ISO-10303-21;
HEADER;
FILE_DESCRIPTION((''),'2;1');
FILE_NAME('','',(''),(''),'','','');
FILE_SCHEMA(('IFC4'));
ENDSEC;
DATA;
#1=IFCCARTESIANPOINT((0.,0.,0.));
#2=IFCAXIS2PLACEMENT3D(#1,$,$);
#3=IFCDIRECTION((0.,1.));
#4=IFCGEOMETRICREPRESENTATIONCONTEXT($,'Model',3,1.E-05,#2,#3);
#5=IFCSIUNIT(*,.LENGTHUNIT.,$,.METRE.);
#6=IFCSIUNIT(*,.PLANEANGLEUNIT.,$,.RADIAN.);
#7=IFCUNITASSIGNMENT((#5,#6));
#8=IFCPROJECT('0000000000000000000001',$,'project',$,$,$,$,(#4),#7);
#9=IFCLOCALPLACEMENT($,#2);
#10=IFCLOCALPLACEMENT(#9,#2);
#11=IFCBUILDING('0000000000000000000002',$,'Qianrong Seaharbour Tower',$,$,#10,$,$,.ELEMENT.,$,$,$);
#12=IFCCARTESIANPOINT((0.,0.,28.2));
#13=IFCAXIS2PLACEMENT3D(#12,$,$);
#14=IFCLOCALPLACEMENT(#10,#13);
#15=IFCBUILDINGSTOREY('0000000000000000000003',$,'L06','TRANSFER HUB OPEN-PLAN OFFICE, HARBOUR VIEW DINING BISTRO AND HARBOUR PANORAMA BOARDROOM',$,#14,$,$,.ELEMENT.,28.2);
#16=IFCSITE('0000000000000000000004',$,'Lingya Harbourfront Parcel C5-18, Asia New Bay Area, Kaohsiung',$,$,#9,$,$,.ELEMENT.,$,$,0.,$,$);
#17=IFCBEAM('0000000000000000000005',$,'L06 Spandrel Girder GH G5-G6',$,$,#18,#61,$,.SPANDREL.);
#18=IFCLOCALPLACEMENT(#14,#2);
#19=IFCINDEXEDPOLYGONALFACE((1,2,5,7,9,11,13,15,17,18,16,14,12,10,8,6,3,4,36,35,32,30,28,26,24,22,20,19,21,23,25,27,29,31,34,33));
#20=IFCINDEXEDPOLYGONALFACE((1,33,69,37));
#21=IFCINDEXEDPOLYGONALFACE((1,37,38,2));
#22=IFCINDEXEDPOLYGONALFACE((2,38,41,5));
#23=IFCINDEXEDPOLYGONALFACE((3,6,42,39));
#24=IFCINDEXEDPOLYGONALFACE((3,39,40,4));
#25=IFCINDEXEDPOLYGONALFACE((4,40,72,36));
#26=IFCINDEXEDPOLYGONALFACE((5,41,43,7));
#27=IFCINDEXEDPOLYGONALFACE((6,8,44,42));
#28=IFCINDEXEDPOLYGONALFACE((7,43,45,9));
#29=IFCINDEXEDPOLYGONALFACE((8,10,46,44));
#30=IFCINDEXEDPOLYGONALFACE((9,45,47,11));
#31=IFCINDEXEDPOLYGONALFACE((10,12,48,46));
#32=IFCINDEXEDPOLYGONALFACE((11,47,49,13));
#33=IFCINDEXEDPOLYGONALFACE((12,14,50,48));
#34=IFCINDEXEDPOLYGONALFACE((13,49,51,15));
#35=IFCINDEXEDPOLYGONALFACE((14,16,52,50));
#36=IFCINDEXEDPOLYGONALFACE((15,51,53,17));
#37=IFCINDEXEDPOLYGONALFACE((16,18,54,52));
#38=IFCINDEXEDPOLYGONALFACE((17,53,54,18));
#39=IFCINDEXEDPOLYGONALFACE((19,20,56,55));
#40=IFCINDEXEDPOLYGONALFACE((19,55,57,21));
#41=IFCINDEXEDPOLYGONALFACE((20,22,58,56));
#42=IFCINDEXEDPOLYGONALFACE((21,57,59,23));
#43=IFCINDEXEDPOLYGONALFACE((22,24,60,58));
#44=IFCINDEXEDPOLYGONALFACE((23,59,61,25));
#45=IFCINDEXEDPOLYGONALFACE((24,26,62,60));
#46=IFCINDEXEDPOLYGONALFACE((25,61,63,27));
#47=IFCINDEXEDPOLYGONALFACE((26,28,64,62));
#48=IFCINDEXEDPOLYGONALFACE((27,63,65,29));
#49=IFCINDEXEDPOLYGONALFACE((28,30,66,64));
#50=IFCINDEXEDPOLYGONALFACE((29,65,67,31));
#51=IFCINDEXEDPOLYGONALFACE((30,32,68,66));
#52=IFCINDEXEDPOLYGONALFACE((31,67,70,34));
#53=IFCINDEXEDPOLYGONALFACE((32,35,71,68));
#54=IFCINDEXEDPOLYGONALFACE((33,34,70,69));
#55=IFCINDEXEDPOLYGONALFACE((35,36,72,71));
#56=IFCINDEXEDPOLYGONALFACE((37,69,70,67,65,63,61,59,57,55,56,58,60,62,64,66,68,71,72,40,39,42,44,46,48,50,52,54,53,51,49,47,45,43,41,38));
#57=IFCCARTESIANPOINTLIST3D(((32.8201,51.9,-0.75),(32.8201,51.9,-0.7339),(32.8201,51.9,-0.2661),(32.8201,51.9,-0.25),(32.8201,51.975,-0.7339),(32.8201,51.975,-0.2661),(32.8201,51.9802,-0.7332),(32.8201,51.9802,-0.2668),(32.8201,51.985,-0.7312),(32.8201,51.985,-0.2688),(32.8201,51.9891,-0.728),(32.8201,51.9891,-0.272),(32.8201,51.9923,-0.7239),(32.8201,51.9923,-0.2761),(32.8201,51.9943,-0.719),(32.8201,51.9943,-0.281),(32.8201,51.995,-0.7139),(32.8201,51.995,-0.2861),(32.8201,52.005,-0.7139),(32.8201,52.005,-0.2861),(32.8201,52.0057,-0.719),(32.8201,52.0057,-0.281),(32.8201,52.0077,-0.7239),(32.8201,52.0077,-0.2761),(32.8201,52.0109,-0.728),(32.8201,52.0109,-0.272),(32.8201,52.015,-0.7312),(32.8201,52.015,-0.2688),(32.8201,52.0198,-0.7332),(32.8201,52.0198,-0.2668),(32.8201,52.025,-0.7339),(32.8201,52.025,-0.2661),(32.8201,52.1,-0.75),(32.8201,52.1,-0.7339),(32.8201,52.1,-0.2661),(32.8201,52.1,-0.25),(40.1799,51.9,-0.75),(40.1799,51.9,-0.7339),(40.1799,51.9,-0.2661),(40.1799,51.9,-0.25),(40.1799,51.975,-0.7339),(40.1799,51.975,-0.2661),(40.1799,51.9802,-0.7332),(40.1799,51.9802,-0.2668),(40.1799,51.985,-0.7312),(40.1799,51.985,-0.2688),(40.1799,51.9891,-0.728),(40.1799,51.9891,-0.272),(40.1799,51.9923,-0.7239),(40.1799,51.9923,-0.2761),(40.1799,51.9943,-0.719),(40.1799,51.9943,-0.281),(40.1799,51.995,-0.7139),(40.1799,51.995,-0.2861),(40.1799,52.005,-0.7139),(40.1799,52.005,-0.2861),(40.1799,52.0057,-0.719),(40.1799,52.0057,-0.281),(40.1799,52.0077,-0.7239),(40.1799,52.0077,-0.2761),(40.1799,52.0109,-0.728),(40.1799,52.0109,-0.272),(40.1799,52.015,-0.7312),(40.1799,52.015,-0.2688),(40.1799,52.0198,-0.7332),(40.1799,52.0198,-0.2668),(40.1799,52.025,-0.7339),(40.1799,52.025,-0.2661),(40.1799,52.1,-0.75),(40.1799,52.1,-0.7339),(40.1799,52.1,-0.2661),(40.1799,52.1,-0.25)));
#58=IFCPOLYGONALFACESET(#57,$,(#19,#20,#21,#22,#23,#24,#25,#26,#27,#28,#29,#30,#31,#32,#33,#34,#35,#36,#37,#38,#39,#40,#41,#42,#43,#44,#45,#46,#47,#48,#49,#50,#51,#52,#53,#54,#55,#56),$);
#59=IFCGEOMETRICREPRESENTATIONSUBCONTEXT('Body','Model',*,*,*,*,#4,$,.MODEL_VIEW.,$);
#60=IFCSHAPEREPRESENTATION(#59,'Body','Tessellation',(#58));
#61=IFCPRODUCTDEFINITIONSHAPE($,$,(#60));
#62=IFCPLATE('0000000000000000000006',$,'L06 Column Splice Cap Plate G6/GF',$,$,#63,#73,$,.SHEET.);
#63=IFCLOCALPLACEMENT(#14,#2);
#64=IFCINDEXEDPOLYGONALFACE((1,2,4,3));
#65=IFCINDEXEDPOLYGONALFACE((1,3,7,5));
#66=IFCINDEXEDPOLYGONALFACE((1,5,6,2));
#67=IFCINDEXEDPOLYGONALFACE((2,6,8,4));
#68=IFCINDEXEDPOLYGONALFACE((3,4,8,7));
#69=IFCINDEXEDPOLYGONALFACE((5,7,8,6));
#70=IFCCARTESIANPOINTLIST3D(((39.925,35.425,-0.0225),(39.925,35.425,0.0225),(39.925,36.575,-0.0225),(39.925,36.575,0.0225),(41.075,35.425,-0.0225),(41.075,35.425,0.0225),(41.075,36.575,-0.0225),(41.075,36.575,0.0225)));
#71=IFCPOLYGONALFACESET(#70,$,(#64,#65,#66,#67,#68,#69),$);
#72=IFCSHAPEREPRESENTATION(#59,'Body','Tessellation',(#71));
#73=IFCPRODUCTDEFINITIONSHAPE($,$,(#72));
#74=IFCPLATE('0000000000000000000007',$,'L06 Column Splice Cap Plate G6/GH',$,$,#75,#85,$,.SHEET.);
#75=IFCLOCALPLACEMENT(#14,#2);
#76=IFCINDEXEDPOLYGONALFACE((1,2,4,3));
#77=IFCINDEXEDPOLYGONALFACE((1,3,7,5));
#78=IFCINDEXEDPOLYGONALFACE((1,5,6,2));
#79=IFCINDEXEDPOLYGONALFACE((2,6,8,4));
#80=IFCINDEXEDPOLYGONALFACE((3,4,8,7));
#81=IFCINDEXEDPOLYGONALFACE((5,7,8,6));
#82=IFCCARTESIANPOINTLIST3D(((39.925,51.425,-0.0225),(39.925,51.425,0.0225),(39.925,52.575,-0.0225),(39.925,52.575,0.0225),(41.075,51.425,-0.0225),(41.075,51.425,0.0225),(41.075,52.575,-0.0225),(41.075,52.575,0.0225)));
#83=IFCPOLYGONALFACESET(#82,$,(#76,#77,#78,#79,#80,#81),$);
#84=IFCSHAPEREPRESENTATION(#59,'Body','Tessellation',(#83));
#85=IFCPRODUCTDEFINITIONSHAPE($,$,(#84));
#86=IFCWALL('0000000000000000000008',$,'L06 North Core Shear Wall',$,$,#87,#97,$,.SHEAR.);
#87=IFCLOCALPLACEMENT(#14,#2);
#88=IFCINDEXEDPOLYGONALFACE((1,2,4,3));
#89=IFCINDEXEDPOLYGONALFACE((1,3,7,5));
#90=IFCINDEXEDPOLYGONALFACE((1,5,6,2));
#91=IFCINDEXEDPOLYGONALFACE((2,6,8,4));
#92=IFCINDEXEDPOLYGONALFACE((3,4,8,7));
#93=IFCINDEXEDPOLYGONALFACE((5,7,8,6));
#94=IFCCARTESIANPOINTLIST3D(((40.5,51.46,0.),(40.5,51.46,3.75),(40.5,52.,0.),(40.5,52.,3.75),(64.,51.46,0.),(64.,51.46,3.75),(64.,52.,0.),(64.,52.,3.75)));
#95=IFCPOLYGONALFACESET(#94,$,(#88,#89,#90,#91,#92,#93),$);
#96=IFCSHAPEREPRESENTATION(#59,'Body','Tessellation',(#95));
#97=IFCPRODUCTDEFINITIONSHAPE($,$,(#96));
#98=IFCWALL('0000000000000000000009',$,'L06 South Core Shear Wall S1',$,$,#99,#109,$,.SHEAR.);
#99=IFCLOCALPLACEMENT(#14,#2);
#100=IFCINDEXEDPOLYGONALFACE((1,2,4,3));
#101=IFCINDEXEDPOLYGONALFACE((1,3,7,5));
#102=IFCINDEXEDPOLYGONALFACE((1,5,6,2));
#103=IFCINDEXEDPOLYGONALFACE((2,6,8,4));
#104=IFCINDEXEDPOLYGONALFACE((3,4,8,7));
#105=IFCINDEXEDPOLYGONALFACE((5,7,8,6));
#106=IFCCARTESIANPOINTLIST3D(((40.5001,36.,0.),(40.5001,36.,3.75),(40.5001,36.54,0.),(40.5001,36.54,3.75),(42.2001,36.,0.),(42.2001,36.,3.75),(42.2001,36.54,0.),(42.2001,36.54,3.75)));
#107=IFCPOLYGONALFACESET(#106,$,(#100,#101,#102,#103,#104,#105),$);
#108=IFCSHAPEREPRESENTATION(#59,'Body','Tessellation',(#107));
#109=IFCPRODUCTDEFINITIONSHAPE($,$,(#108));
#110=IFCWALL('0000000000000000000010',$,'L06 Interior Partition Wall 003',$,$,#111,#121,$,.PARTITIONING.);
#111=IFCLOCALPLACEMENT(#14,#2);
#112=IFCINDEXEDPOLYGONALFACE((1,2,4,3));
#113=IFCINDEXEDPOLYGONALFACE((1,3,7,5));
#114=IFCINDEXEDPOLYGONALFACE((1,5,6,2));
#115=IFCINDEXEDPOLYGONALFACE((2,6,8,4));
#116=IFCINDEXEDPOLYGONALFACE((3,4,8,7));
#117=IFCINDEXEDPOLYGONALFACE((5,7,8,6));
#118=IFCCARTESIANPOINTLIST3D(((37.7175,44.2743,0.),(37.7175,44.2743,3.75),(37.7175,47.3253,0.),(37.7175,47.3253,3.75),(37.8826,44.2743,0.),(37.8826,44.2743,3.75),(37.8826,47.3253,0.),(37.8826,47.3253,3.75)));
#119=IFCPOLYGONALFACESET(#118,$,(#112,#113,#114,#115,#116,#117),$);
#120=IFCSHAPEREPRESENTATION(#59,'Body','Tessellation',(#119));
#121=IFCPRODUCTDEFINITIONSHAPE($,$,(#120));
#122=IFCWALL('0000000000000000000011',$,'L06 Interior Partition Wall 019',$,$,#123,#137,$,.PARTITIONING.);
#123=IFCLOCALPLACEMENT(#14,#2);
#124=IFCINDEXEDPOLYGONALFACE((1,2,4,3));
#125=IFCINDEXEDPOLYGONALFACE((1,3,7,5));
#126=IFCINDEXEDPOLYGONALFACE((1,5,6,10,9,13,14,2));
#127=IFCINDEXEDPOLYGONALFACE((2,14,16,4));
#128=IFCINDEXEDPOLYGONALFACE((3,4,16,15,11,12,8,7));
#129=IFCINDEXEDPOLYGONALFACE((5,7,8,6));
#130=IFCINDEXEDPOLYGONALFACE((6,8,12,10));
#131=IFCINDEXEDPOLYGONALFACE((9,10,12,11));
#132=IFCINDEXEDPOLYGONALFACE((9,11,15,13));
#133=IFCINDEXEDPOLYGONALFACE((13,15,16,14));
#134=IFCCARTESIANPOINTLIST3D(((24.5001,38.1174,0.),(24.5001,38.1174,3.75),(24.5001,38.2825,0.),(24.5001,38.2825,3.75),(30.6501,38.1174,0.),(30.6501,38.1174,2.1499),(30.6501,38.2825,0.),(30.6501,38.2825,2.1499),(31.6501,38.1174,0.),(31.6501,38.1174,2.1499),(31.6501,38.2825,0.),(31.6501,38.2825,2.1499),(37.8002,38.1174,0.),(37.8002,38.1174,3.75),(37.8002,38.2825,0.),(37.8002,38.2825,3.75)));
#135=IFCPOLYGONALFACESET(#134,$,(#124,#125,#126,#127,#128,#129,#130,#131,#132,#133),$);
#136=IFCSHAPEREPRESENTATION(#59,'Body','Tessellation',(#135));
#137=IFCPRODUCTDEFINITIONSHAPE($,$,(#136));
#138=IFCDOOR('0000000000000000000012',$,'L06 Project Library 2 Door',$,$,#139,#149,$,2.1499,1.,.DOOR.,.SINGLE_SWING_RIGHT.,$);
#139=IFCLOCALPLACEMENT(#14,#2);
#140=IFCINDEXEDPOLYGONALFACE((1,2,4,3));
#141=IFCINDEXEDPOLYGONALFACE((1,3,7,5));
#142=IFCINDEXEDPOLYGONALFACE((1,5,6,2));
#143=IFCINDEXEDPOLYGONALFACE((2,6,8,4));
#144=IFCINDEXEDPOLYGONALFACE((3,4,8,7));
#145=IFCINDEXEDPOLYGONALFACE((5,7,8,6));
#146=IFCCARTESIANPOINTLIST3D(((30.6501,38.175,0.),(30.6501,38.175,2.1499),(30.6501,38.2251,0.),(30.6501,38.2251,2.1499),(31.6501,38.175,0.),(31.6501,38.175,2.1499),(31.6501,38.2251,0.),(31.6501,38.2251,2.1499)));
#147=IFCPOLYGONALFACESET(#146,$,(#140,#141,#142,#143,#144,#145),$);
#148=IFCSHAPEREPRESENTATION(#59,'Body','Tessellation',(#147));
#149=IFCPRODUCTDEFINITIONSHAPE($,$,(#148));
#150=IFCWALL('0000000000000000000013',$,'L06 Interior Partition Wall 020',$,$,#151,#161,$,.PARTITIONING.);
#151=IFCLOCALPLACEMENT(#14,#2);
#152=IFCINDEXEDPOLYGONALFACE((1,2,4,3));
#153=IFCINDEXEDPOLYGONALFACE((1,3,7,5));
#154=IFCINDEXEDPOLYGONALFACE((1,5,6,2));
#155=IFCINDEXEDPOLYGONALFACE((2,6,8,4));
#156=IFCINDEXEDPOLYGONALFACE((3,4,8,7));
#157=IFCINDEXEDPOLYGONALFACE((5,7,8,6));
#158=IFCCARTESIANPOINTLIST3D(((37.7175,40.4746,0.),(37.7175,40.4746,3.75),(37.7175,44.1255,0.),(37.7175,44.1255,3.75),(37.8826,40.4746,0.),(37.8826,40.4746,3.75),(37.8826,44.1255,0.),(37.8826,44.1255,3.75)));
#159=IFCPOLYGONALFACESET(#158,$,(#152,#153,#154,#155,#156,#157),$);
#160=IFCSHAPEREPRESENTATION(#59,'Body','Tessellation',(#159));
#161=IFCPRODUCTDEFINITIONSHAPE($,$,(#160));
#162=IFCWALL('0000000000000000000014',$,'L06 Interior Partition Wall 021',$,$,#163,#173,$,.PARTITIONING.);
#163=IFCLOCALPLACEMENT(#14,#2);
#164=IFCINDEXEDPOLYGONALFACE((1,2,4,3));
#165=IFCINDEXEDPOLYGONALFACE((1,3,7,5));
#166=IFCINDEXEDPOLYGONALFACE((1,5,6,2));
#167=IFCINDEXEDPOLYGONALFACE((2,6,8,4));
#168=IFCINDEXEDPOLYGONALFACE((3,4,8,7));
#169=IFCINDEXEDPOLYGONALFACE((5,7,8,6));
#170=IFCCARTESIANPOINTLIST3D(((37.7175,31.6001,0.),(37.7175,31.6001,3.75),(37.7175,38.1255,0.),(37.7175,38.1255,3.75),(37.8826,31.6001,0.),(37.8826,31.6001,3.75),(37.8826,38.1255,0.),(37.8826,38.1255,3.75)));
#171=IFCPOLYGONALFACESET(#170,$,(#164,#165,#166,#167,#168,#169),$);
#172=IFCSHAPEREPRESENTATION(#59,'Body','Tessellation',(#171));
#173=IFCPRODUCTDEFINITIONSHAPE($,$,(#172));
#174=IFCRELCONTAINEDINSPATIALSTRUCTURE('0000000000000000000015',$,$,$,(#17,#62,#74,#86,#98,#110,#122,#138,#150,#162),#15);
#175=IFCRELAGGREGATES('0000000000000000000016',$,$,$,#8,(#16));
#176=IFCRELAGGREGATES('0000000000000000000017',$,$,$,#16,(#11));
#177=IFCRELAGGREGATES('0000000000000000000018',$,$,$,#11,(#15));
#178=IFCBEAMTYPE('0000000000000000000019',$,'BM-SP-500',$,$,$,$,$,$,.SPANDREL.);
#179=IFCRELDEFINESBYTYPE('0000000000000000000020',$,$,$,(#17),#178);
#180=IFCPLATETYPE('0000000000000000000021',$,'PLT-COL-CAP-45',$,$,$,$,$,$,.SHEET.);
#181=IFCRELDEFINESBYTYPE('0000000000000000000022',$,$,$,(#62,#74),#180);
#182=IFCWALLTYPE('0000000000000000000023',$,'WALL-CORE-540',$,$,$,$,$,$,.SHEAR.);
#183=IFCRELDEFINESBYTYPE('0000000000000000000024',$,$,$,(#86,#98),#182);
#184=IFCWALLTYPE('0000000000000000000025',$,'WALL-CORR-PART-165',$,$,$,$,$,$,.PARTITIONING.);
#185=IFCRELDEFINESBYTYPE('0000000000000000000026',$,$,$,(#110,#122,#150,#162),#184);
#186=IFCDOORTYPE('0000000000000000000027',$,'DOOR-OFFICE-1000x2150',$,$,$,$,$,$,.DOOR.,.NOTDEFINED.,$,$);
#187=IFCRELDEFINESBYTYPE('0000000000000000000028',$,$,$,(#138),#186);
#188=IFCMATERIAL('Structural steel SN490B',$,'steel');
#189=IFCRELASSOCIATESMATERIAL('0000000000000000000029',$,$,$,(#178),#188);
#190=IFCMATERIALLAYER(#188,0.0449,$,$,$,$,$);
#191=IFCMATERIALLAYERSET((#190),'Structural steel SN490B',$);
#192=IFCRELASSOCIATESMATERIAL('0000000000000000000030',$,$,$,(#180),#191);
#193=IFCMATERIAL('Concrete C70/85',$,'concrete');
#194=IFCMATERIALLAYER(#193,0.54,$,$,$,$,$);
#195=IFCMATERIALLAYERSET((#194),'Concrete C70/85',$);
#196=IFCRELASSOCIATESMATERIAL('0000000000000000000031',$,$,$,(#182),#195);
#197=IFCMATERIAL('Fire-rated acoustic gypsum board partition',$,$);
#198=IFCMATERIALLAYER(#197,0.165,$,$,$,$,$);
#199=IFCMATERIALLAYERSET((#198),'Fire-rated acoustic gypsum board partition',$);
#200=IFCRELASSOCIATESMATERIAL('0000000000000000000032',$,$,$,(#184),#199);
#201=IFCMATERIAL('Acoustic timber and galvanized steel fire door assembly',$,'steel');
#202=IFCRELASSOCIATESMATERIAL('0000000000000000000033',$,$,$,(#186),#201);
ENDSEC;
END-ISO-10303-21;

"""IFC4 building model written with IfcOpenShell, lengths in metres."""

from ifc_helpers import new_model, si_unit, direction, frame, frame_2d, origin, origin_2d, place, context, subcontext, project, spatial, rectangle, i_section, extrude, material, layer, layer_set, material_profile, profile_set, type_object, element, fill, save


model = new_model("IFC4")

# Units and contexts
model_context = context("Model", 3, precision=1e-05, world=origin(), true_north=direction((0.0, 1.0)))
body_context = subcontext(model_context, "Body", "Model", "MODEL_VIEW")
ifc_project = project(units=[si_unit("LENGTHUNIT", "METRE"), si_unit("PLANEANGLEUNIT", "RADIAN")], contexts=[model_context])

# Site, building, storey
site_placement = place(None, origin())
site = spatial("IfcSite", under=ifc_project, at=site_placement, Name="Lingya Harbourfront Parcel C5-18, Asia New Bay Area, Kaohsiung", CompositionType="ELEMENT", RefElevation=0.0)
building_placement = place(site_placement, origin())
building = spatial("IfcBuilding", under=site, at=building_placement, Name="Qianrong Seaharbour Tower", CompositionType="ELEMENT")
storey_placement = place(building_placement, frame((0.0, 0.0, 28.2)))
storey = spatial("IfcBuildingStorey", under=building, at=storey_placement, Name="L06", Description="TRANSFER HUB OPEN-PLAN OFFICE, HARBOUR VIEW DINING BISTRO AND HARBOUR PANORAMA BOARDROOM", CompositionType="ELEMENT", Elevation=28.2)

# Shared definitions
ifc_material_1 = material(Name="Structural steel SN490B", Category="steel")

# Beam
ifc_material_profile_1 = material_profile(ifc_material_1, i_section(OverallWidth=0.2, OverallDepth=0.5, WebThickness=0.01, FlangeThickness=0.0161, FilletRadius=0.02, at=origin_2d()), Name="H500x200x10x16")
ifc_profile_set_1 = profile_set([ifc_material_profile_1], Name="Structural steel SN490B")
beam_type_1 = type_object("IfcBeamType", Name="BM-SP-500", PredefinedType="SPANDREL", material=ifc_profile_set_1)
beam_1_placement = place(storey_placement, frame((32.8201, 52.0, -0.5), z_axis=(1.0, 0.0, 0.0), x_axis=(0.0, 1.0, 0.0)))
element("IfcBeam", 1, at=beam_1_placement, inside=storey, type_object=beam_type_1, Name="L06 Spandrel Girder GH G5-G6", PredefinedType="SPANDREL", context=body_context, shape_type="SweptSolid", body=[
    extrude(i_section(OverallWidth=0.2, OverallDepth=0.5, WebThickness=0.01, FlangeThickness=0.0161, FilletRadius=0.02, at=origin_2d()), origin(), (0.0, 0.0, 1.0), 7.3599),
])

# Plates
ifc_layer_1 = layer(ifc_material_1, 0.0449)
ifc_layer_set_1 = layer_set([ifc_layer_1], Name="Structural steel SN490B")
plate_type = type_object("IfcPlateType", Name="PLT-COL-CAP-45", PredefinedType="SHEET", material=ifc_layer_set_1)
for number, where, z_axis, x_axis, name in (
    (2, (40.5, 36.0, -0.0225), (0.0, 0.0, 1.0), (1.0, 0.0, 0.0), "L06 Column Splice Cap Plate G6/GF"),
    (3, (40.5, 52.0, -0.0225), (0.0, 0.0, 1.0), (1.0, 0.0, 0.0), "L06 Column Splice Cap Plate G6/GH"),
):
    element("IfcPlate", number, at=place(storey_placement, frame(where, z_axis=z_axis, x_axis=x_axis)), inside=storey, type_object=plate_type, Name=name, PredefinedType="SHEET", context=body_context, shape_type="SweptSolid", body=[
        extrude(rectangle(XDim=1.1499, YDim=1.1499, at=origin_2d()), origin(), (0.0, 0.0, 1.0), 0.0449),
    ])

# Walls
ifc_material_2 = material(Name="Concrete C70/85", Category="concrete")
ifc_layer_2 = layer(ifc_material_2, 0.54)
ifc_layer_set_2 = layer_set([ifc_layer_2], Name="Concrete C70/85")
wall_type_1 = type_object("IfcWallType", Name="WALL-CORE-540", PredefinedType="SHEAR", material=ifc_layer_set_2)
wall_1_placement = place(storey_placement, frame((40.5, 51.73, 0.0), z_axis=(0.0, 0.0, 1.0), x_axis=(1.0, 0.0, 0.0)))
element("IfcWall", 4, at=wall_1_placement, inside=storey, type_object=wall_type_1, Name="L06 North Core Shear Wall", PredefinedType="SHEAR", context=body_context, shape_type="SweptSolid", body=[
    extrude(rectangle(XDim=23.5, YDim=0.54, at=frame_2d((11.75, 0.0))), origin(), (0.0, 0.0, 1.0), 3.75),
])
wall_2_placement = place(storey_placement, frame((40.5, 36.27, 0.0), z_axis=(0.0, 0.0, 1.0), x_axis=(1.0, 0.0, 0.0)))
element("IfcWall", 5, at=wall_2_placement, inside=storey, type_object=wall_type_1, Name="L06 South Core Shear Wall S1", PredefinedType="SHEAR", context=body_context, shape_type="SweptSolid", body=[
    extrude(rectangle(XDim=1.7, YDim=0.54, at=frame_2d((0.8501, 0.0))), origin(), (0.0, 0.0, 1.0), 3.75),
])

# Shared definitions
ifc_material_3 = material(Name="Fire-rated acoustic gypsum board partition")
ifc_layer_3 = layer(ifc_material_3, 0.165)
ifc_layer_set_3 = layer_set([ifc_layer_3], Name="Fire-rated acoustic gypsum board partition")
wall_type_2 = type_object("IfcWallType", Name="WALL-CORR-PART-165", PredefinedType="PARTITIONING", material=ifc_layer_set_3)
ifc_material_4 = material(Name="Acoustic timber and galvanized steel fire door assembly", Category="steel")

# Wall
wall_3_placement = place(storey_placement, frame((37.8, 44.2744, 0.0), z_axis=(0.0, 0.0, 1.0), x_axis=(0.0, 1.0, 0.0)))
element("IfcWall", 6, at=wall_3_placement, inside=storey, type_object=wall_type_2, Name="L06 Interior Partition Wall 003", PredefinedType="PARTITIONING", context=body_context, shape_type="SweptSolid", body=[
    extrude(rectangle(XDim=3.051, YDim=0.165, at=frame_2d((1.5254, 0.0))), origin(), (0.0, 0.0, 1.0), 3.75),
])

# Wall, opening, door
wall_4_placement = place(storey_placement, frame((37.8, 38.2, 0.0), z_axis=(0.0, 0.0, 1.0), x_axis=(-1.0, 0.0, 0.0)))
wall_4 = element("IfcWall", 7, at=wall_4_placement, inside=storey, type_object=wall_type_2, Name="L06 Interior Partition Wall 019", PredefinedType="PARTITIONING", context=body_context, shape_type="SweptSolid", body=[
    extrude(rectangle(XDim=13.3, YDim=0.165, at=frame_2d((6.6499, 0.0))), origin(), (0.0, 0.0, 1.0), 3.75),
])
opening_1_placement = place(wall_4_placement, frame((6.1499, 0.0, 0.0)))
opening_1 = element("IfcOpeningElement", 8, at=opening_1_placement, cuts=wall_4, PredefinedType="OPENING", context=body_context, shape_type="SweptSolid", body=[
    extrude(rectangle(XDim=1.0, YDim=2.1499, at=frame_2d((0.5, 1.075))), frame((0.0, 0.0925, 0.0), z_axis=(0.0, -1.0, 0.0), x_axis=(1.0, 0.0, 0.0)), (0.0, 0.0, 1.0), 0.1851),
])
door_type_1 = type_object("IfcDoorType", Name="DOOR-OFFICE-1000x2150", OperationType="NOTDEFINED", PredefinedType="DOOR", material=ifc_material_4)
door_1_placement = place(opening_1_placement, origin())
door_1 = element("IfcDoor", 9, at=door_1_placement, inside=storey, type_object=door_type_1, Name="L06 Project Library 2 Door", OperationType="SINGLE_SWING_RIGHT", OverallHeight=2.1499, OverallWidth=1.0, PredefinedType="DOOR", context=body_context, shape_type="SweptSolid", body=[
    extrude(rectangle(XDim=1.0, YDim=2.1499, at=frame_2d((0.5, 1.075))), frame((0.0, 0.0249, 0.0), z_axis=(0.0, -1.0, 0.0), x_axis=(1.0, 0.0, 0.0)), (0.0, 0.0, 1.0), 0.05),
])
fill(opening_1, door_1)

# Walls
wall_5_placement = place(storey_placement, frame((37.8, 40.4746, 0.0), z_axis=(0.0, 0.0, 1.0), x_axis=(0.0, 1.0, 0.0)))
element("IfcWall", 10, at=wall_5_placement, inside=storey, type_object=wall_type_2, Name="L06 Interior Partition Wall 020", PredefinedType="PARTITIONING", context=body_context, shape_type="SweptSolid", body=[
    extrude(rectangle(XDim=3.6509, YDim=0.165, at=frame_2d((1.8254, 0.0))), origin(), (0.0, 0.0, 1.0), 3.75),
])
wall_6_placement = place(storey_placement, frame((37.8, 31.6001, 0.0), z_axis=(0.0, 0.0, 1.0), x_axis=(0.0, 1.0, 0.0)))
element("IfcWall", 11, at=wall_6_placement, inside=storey, type_object=wall_type_2, Name="L06 Interior Partition Wall 021", PredefinedType="PARTITIONING", context=body_context, shape_type="SweptSolid", body=[
    extrude(rectangle(XDim=6.5254, YDim=0.165, at=frame_2d((3.2627, 0.0))), origin(), (0.0, 0.0, 1.0), 3.75),
])

save(model, "model.ifc")
